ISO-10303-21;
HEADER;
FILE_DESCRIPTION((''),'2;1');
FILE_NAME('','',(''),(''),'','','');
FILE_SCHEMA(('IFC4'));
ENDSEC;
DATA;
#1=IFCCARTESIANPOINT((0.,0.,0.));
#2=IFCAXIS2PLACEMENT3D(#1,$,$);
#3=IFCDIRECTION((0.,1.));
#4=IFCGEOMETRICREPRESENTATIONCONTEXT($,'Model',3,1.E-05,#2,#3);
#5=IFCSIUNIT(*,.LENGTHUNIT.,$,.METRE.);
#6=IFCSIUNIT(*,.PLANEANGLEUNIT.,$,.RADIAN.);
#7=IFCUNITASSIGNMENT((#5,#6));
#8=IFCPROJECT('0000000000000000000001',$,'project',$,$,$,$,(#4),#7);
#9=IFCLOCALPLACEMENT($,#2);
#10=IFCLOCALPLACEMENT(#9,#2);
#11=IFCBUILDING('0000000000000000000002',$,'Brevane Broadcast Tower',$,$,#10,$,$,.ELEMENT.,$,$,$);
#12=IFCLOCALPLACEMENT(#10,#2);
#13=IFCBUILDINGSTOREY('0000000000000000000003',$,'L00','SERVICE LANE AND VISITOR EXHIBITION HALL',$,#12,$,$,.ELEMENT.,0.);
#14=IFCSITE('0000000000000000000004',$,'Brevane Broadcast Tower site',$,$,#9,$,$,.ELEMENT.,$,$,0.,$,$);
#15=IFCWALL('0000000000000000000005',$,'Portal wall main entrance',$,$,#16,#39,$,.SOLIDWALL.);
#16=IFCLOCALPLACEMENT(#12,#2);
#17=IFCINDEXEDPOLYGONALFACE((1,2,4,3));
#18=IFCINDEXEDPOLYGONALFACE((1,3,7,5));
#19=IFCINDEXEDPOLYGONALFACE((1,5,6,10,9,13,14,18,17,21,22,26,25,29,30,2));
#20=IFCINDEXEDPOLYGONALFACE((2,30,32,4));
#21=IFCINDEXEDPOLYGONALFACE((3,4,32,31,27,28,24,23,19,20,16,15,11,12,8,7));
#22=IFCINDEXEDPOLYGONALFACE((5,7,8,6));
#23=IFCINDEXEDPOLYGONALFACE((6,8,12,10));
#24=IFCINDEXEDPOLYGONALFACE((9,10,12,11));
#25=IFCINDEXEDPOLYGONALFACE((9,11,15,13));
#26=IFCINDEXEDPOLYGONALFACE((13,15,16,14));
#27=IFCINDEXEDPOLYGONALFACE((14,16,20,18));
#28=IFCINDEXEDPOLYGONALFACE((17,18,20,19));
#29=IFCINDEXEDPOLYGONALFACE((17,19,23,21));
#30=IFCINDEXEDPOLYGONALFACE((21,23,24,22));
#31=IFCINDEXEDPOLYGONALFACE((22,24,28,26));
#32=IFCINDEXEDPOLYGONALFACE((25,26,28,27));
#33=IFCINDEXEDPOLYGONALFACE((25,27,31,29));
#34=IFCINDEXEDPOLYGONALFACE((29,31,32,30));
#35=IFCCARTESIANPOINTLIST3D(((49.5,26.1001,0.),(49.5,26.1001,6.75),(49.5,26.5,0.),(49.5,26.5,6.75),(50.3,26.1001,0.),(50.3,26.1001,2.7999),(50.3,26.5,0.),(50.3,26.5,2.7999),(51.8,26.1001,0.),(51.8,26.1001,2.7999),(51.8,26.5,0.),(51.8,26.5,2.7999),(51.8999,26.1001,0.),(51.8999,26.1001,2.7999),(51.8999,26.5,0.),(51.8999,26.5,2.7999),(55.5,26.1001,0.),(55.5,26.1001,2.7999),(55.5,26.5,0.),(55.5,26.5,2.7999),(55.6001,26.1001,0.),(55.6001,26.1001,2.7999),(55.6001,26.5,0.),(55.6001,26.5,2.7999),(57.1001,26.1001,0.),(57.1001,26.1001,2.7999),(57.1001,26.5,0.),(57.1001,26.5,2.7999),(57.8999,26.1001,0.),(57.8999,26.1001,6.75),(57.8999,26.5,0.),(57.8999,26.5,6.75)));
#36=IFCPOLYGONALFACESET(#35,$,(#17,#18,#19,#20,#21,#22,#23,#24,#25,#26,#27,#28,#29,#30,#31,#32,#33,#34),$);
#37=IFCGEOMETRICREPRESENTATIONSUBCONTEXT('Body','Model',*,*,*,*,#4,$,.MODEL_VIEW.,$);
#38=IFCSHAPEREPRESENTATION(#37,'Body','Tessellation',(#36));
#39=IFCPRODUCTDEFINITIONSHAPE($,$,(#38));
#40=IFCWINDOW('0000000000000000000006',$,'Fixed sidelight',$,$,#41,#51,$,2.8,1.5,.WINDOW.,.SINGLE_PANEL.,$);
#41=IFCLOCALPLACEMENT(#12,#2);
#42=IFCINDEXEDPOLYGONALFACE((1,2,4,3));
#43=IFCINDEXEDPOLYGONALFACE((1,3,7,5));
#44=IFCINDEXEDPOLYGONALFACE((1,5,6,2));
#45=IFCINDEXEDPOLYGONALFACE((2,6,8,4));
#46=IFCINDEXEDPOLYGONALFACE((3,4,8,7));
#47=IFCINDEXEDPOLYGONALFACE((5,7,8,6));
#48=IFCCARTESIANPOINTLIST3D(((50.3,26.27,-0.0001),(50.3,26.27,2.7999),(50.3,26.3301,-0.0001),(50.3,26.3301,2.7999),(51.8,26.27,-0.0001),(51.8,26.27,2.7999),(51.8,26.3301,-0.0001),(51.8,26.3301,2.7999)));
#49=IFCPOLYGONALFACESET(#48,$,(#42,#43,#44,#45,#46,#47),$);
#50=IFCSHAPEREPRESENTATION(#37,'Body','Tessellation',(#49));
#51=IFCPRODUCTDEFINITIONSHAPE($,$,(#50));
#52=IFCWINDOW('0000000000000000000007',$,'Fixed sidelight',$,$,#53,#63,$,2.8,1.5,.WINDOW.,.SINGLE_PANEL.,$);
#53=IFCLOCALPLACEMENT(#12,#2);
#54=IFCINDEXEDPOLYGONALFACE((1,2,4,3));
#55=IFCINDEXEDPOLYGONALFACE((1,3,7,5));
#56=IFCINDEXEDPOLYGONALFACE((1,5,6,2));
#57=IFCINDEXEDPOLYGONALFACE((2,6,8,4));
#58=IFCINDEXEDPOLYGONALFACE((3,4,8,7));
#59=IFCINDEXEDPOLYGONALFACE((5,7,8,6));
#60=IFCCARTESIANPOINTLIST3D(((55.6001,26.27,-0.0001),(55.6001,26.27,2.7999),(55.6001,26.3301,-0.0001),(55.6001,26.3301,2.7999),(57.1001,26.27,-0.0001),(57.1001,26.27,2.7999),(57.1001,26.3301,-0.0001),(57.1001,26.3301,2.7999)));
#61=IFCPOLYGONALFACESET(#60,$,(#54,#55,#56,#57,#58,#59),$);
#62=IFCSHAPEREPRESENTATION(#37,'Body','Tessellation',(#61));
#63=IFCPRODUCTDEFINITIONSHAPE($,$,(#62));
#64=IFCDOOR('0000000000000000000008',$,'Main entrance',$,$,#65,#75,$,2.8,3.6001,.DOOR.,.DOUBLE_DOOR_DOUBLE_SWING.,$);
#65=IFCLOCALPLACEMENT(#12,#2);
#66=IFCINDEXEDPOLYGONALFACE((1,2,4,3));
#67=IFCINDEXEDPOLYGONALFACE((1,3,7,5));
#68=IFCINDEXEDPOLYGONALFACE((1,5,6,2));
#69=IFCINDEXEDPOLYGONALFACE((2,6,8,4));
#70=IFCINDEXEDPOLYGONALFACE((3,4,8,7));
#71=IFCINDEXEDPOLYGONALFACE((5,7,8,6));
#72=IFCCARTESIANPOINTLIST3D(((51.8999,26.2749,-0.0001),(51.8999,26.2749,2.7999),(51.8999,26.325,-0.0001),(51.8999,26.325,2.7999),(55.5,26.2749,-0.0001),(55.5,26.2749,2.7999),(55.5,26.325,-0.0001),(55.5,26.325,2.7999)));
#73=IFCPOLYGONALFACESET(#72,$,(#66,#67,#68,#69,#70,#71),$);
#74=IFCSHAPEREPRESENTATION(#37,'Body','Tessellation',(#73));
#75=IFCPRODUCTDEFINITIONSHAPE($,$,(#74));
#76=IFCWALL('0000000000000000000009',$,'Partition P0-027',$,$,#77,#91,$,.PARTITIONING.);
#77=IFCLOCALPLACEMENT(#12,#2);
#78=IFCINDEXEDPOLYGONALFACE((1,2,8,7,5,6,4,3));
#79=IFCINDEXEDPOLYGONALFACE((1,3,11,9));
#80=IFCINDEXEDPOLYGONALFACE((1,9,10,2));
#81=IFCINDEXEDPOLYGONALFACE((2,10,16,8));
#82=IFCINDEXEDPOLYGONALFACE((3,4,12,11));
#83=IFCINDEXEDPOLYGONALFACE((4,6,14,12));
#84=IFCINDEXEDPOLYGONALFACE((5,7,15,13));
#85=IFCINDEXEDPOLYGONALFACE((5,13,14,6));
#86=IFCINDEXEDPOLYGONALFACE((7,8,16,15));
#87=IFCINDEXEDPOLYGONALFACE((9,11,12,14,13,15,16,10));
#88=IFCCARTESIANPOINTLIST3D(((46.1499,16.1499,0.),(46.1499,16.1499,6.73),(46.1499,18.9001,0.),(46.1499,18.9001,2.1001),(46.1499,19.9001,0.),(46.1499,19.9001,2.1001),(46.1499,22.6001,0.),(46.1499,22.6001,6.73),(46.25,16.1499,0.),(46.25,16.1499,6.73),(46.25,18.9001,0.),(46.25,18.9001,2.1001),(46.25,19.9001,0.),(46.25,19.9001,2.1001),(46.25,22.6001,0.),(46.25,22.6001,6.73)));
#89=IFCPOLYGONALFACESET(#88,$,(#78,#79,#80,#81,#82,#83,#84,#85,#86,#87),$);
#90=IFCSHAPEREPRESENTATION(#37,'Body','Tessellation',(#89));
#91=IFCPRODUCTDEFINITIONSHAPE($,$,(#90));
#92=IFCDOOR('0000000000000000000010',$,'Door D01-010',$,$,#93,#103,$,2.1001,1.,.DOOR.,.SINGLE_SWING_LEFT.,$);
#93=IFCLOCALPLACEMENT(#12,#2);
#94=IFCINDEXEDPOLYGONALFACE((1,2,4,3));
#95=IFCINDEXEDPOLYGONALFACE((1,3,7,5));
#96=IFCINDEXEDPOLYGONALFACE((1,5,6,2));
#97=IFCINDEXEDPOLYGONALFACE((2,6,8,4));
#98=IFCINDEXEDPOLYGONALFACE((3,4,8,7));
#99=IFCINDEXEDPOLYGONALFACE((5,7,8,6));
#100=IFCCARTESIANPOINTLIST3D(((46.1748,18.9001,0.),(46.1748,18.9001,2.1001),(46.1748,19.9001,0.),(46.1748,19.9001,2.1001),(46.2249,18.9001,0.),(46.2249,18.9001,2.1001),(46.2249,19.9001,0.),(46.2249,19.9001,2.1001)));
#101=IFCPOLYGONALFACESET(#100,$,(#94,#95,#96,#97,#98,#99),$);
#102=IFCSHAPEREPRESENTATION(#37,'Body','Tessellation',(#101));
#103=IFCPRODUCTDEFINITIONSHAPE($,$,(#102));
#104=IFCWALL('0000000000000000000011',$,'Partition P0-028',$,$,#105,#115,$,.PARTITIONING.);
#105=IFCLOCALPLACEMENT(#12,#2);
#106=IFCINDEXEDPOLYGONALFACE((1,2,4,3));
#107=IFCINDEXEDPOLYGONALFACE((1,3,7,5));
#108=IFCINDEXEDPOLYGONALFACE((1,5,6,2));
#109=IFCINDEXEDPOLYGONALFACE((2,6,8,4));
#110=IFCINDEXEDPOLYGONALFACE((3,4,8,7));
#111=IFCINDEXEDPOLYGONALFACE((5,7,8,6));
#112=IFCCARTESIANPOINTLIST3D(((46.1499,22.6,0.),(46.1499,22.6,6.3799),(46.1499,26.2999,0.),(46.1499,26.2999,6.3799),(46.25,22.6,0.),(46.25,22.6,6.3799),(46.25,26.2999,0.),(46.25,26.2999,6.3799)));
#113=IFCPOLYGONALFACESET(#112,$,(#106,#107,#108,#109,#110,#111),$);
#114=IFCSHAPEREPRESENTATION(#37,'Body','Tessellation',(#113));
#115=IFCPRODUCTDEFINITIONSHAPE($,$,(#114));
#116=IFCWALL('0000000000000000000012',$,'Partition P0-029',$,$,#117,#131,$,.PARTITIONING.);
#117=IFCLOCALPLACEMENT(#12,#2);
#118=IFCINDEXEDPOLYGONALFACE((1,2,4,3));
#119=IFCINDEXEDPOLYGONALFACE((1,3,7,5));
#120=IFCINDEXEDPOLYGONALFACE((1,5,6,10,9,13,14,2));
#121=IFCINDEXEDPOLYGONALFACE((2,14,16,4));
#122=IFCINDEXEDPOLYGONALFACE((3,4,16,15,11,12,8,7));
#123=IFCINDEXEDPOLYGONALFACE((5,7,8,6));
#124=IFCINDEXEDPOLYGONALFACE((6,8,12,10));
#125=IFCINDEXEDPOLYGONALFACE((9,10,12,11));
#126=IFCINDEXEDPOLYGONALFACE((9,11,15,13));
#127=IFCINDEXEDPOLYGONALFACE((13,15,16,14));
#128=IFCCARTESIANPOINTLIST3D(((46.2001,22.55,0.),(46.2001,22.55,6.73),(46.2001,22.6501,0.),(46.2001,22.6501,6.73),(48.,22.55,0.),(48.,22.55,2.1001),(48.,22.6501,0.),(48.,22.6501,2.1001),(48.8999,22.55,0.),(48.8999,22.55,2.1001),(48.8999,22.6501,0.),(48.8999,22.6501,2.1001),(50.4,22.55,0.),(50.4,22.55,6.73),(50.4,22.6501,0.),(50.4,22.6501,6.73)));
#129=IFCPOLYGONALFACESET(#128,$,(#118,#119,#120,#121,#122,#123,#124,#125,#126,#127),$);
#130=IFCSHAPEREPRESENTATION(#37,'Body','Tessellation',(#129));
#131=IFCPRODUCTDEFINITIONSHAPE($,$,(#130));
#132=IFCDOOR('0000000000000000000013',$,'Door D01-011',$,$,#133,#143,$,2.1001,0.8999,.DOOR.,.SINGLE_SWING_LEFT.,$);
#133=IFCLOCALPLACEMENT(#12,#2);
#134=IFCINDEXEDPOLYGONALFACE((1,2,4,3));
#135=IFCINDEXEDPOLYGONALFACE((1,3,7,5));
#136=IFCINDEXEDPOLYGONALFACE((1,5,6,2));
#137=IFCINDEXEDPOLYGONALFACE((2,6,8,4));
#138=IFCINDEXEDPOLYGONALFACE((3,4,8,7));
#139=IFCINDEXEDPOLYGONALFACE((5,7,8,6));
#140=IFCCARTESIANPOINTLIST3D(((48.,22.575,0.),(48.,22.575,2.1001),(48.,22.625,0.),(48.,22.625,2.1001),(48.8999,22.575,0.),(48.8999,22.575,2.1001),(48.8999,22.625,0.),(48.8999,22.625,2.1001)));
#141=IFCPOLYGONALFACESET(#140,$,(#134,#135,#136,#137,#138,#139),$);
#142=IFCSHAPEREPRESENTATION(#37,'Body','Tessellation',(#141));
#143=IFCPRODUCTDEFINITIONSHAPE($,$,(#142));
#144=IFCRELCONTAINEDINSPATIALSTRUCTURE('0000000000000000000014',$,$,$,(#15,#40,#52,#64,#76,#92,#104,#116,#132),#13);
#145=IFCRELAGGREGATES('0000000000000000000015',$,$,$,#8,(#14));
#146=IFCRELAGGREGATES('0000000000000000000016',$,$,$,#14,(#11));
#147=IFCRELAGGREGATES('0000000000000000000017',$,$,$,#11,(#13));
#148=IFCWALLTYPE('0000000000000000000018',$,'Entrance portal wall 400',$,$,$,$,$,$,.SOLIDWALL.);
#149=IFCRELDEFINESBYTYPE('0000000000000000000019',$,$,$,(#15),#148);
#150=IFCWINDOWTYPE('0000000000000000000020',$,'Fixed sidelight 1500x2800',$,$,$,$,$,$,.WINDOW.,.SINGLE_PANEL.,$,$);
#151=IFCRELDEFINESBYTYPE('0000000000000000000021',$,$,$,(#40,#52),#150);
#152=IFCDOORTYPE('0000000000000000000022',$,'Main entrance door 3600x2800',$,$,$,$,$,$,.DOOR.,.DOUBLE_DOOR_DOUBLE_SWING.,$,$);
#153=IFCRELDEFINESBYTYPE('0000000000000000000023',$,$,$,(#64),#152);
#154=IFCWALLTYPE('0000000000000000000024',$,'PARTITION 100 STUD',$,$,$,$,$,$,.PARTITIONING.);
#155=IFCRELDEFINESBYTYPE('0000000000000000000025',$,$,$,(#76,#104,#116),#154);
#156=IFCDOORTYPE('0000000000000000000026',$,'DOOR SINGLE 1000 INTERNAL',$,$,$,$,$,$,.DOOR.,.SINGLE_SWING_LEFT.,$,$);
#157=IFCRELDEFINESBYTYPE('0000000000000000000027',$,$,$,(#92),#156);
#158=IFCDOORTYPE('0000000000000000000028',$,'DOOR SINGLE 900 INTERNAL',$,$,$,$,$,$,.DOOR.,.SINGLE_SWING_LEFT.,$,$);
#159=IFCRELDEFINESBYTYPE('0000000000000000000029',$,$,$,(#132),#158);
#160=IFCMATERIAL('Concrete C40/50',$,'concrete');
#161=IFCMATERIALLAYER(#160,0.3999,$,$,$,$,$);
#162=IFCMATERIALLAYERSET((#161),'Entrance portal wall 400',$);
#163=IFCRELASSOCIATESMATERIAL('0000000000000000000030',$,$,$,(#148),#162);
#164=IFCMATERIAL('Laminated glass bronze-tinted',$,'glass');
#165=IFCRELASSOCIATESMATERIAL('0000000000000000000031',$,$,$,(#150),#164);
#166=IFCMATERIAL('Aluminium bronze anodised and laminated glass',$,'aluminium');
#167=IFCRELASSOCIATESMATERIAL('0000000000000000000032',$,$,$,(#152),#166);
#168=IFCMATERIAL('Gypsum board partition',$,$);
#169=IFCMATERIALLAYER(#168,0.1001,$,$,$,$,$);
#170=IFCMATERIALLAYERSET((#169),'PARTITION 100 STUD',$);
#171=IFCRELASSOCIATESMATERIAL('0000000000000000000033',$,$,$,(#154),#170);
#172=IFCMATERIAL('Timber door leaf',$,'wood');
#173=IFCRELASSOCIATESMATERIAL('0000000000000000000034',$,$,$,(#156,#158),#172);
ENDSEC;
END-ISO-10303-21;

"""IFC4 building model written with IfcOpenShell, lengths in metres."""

from ifc_helpers import new_model, si_unit, direction, frame, frame_2d, origin, place, context, subcontext, project, spatial, rectangle, extrude, material, layer, layer_set, type_object, element, fill, save


model = new_model("IFC4")

# Units and contexts
model_context = context("Model", 3, precision=1e-05, world=origin(), true_north=direction((0.0, 1.0)))
body_context = subcontext(model_context, "Body", "Model", "MODEL_VIEW")
ifc_project = project(units=[si_unit("LENGTHUNIT", "METRE"), si_unit("PLANEANGLEUNIT", "RADIAN")], contexts=[model_context])

# Site, building, storey
site_placement = place(None, origin())
site = spatial("IfcSite", under=ifc_project, at=site_placement, Name="Brevane Broadcast Tower site", CompositionType="ELEMENT", RefElevation=0.0)
building_placement = place(site_placement, origin())
building = spatial("IfcBuilding", under=site, at=building_placement, Name="Brevane Broadcast Tower", CompositionType="ELEMENT")
storey_placement = place(building_placement, origin())
storey = spatial("IfcBuildingStorey", under=building, at=storey_placement, Name="L00", Description="SERVICE LANE AND VISITOR EXHIBITION HALL", CompositionType="ELEMENT", Elevation=0.0)

# Shared definitions
ifc_material_1 = material(Name="Concrete C40/50", Category="concrete")

# Wall, openings, windows, door
ifc_layer_1 = layer(ifc_material_1, 0.3999)
ifc_layer_set_1 = layer_set([ifc_layer_1], Name="Entrance portal wall 400")
wall_type_1 = type_object("IfcWallType", Name="Entrance portal wall 400", PredefinedType="SOLIDWALL", material=ifc_layer_set_1)
wall_1_placement = place(storey_placement, frame((49.5, 26.3, 0.0), z_axis=(0.0, 0.0, 1.0), x_axis=(1.0, 0.0, 0.0)))
wall_1 = element("IfcWall", 1, at=wall_1_placement, inside=storey, type_object=wall_type_1, Name="Portal wall main entrance", PredefinedType="SOLIDWALL", context=body_context, shape_type="SweptSolid", body=[
    extrude(rectangle(XDim=8.3999, YDim=0.3999, at=frame_2d((4.2, 0.0))), origin(), (0.0, 0.0, 1.0), 6.75),
])
opening_1_placement = place(wall_1_placement, frame((2.3999, 0.0, 0.0)))
opening_1 = element("IfcOpeningElement", 2, at=opening_1_placement, cuts=wall_1, PredefinedType="OPENING", context=body_context, shape_type="SweptSolid", body=[
    extrude(rectangle(XDim=3.6001, YDim=2.8, at=frame_2d((1.8, 1.3999))), frame((0.0, 0.21, 0.0), z_axis=(0.0, -1.0, 0.0), x_axis=(1.0, 0.0, 0.0)), (0.0, 0.0, 1.0), 0.4199),
])
opening_2_placement = place(wall_1_placement, frame((0.8, 0.0, 0.0)))
opening_2 = element("IfcOpeningElement", 3, at=opening_2_placement, cuts=wall_1, PredefinedType="OPENING", context=body_context, shape_type="SweptSolid", body=[
    extrude(rectangle(XDim=1.5, YDim=2.8, at=frame_2d((0.75, 1.3999))), frame((0.0, 0.21, 0.0), z_axis=(0.0, -1.0, 0.0), x_axis=(1.0, 0.0, 0.0)), (0.0, 0.0, 1.0), 0.4199),
])
opening_3_placement = place(wall_1_placement, frame((6.1001, 0.0, 0.0)))
opening_3 = element("IfcOpeningElement", 4, at=opening_3_placement, cuts=wall_1, PredefinedType="OPENING", context=body_context, shape_type="SweptSolid", body=[
    extrude(rectangle(XDim=1.5, YDim=2.8, at=frame_2d((0.75, 1.3999))), frame((0.0, 0.21, 0.0), z_axis=(0.0, -1.0, 0.0), x_axis=(1.0, 0.0, 0.0)), (0.0, 0.0, 1.0), 0.4199),
])
ifc_material_2 = material(Name="Laminated glass bronze-tinted", Category="glass")
window_type = type_object("IfcWindowType", Name="Fixed sidelight 1500x2800", PartitioningType="SINGLE_PANEL", PredefinedType="WINDOW", material=ifc_material_2)
window_1_placement = place(opening_2_placement, origin())
window_1 = element("IfcWindow", 5, at=window_1_placement, inside=storey, type_object=window_type, Name="Fixed sidelight", OverallHeight=2.8, OverallWidth=1.5, PartitioningType="SINGLE_PANEL", PredefinedType="WINDOW", context=body_context, shape_type="SweptSolid", body=[
    extrude(rectangle(XDim=1.5, YDim=2.8, at=frame_2d((0.75, 1.3999))), frame((0.0, 0.03, 0.0), z_axis=(0.0, -1.0, 0.0), x_axis=(1.0, 0.0, 0.0)), (0.0, 0.0, 1.0), 0.0601),
])
fill(opening_2, window_1)
window_2_placement = place(opening_3_placement, origin())
window_2 = element("IfcWindow", 6, at=window_2_placement, inside=storey, type_object=window_type, Name="Fixed sidelight", OverallHeight=2.8, OverallWidth=1.5, PartitioningType="SINGLE_PANEL", PredefinedType="WINDOW", context=body_context, shape_type="SweptSolid", body=[
    extrude(rectangle(XDim=1.5, YDim=2.8, at=frame_2d((0.75, 1.3999))), frame((0.0, 0.03, 0.0), z_axis=(0.0, -1.0, 0.0), x_axis=(1.0, 0.0, 0.0)), (0.0, 0.0, 1.0), 0.0601),
])
fill(opening_3, window_2)
ifc_material_3 = material(Name="Aluminium bronze anodised and laminated glass", Category="aluminium")
door_type_1 = type_object("IfcDoorType", Name="Main entrance door 3600x2800", OperationType="DOUBLE_DOOR_DOUBLE_SWING", PredefinedType="DOOR", material=ifc_material_3)
door_1_placement = place(opening_1_placement, origin())
door_1 = element("IfcDoor", 7, at=door_1_placement, inside=storey, type_object=door_type_1, Name="Main entrance", OperationType="DOUBLE_DOOR_DOUBLE_SWING", OverallHeight=2.8, OverallWidth=3.6001, PredefinedType="DOOR", context=body_context, shape_type="SweptSolid", body=[
    extrude(rectangle(XDim=3.6001, YDim=2.8, at=frame_2d((1.8, 1.3999))), frame((0.0, 0.0249, 0.0), z_axis=(0.0, -1.0, 0.0), x_axis=(1.0, 0.0, 0.0)), (0.0, 0.0, 1.0), 0.05),
])
fill(opening_1, door_1)

# Wall, opening, door
ifc_material_4 = material(Name="Gypsum board partition")
ifc_layer_2 = layer(ifc_material_4, 0.1001)
ifc_layer_set_2 = layer_set([ifc_layer_2], Name="PARTITION 100 STUD")
wall_type_2 = type_object("IfcWallType", Name="PARTITION 100 STUD", PredefinedType="PARTITIONING", material=ifc_layer_set_2)
wall_2_placement = place(storey_placement, frame((46.2, 22.6001, 0.0), z_axis=(0.0, 0.0, 1.0), x_axis=(0.0, -1.0, 0.0)))
wall_2 = element("IfcWall", 8, at=wall_2_placement, inside=storey, type_object=wall_type_2, Name="Partition P0-027", PredefinedType="PARTITIONING", context=body_context, shape_type="SweptSolid", body=[
    extrude(rectangle(XDim=6.4502, YDim=0.1001, at=frame_2d((3.2251, 0.0))), origin(), (0.0, 0.0, 1.0), 6.73),
])
opening_4_placement = place(wall_2_placement, frame((2.7, 0.0, 0.0)))
opening_4 = element("IfcOpeningElement", 9, at=opening_4_placement, cuts=wall_2, PredefinedType="OPENING", context=body_context, shape_type="SweptSolid", body=[
    extrude(rectangle(XDim=1.0, YDim=2.1001, at=frame_2d((0.5, 1.05))), frame((0.0, 0.0601, 0.0), z_axis=(0.0, -1.0, 0.0), x_axis=(1.0, 0.0, 0.0)), (0.0, 0.0, 1.0), 0.1201),
])
ifc_material_5 = material(Name="Timber door leaf", Category="wood")
door_type_2 = type_object("IfcDoorType", Name="DOOR SINGLE 1000 INTERNAL", OperationType="SINGLE_SWING_LEFT", PredefinedType="DOOR", material=ifc_material_5)
door_2_placement = place(opening_4_placement, origin())
door_2 = element("IfcDoor", 10, at=door_2_placement, inside=storey, type_object=door_type_2, Name="Door D01-010", OperationType="SINGLE_SWING_LEFT", OverallHeight=2.1001, OverallWidth=1.0, PredefinedType="DOOR", context=body_context, shape_type="SweptSolid", body=[
    extrude(rectangle(XDim=1.0, YDim=2.1001, at=frame_2d((0.5, 1.05))), frame((0.0, 0.0249, 0.0), z_axis=(0.0, -1.0, 0.0), x_axis=(1.0, 0.0, 0.0)), (0.0, 0.0, 1.0), 0.05),
])
fill(opening_4, door_2)

# Wall
wall_3_placement = place(storey_placement, frame((46.2, 26.3, 0.0), z_axis=(0.0, 0.0, 1.0), x_axis=(0.0, -1.0, 0.0)))
element("IfcWall", 11, at=wall_3_placement, inside=storey, type_object=wall_type_2, Name="Partition P0-028", PredefinedType="PARTITIONING", context=body_context, shape_type="SweptSolid", body=[
    extrude(rectangle(XDim=3.7, YDim=0.1001, at=frame_2d((1.8501, 0.0))), origin(), (0.0, 0.0, 1.0), 6.3799),
])

# Wall, opening, door
wall_4_placement = place(storey_placement, frame((46.2, 22.6001, 0.0), z_axis=(0.0, 0.0, 1.0), x_axis=(1.0, 0.0, 0.0)))
wall_4 = element("IfcWall", 12, at=wall_4_placement, inside=storey, type_object=wall_type_2, Name="Partition P0-029", PredefinedType="PARTITIONING", context=body_context, shape_type="SweptSolid", body=[
    extrude(rectangle(XDim=4.2, YDim=0.1001, at=frame_2d((2.1001, 0.0))), origin(), (0.0, 0.0, 1.0), 6.73),
])
opening_5_placement = place(wall_4_placement, frame((1.8, 0.0, 0.0)))
opening_5 = element("IfcOpeningElement", 13, at=opening_5_placement, cuts=wall_4, PredefinedType="OPENING", context=body_context, shape_type="SweptSolid", body=[
    extrude(rectangle(XDim=0.8999, YDim=2.1001, at=frame_2d((0.45, 1.05))), frame((0.0, 0.0601, 0.0), z_axis=(0.0, -1.0, 0.0), x_axis=(1.0, 0.0, 0.0)), (0.0, 0.0, 1.0), 0.1201),
])
door_type_3 = type_object("IfcDoorType", Name="DOOR SINGLE 900 INTERNAL", OperationType="SINGLE_SWING_LEFT", PredefinedType="DOOR", material=ifc_material_5)
door_3_placement = place(opening_5_placement, origin())
door_3 = element("IfcDoor", 14, at=door_3_placement, inside=storey, type_object=door_type_3, Name="Door D01-011", OperationType="SINGLE_SWING_LEFT", OverallHeight=2.1001, OverallWidth=0.8999, PredefinedType="DOOR", context=body_context, shape_type="SweptSolid", body=[
    extrude(rectangle(XDim=0.8999, YDim=2.1001, at=frame_2d((0.45, 1.05))), frame((0.0, 0.0249, 0.0), z_axis=(0.0, -1.0, 0.0), x_axis=(1.0, 0.0, 0.0)), (0.0, 0.0, 1.0), 0.05),
])
fill(opening_5, door_3)

save(model, "model.ifc")
